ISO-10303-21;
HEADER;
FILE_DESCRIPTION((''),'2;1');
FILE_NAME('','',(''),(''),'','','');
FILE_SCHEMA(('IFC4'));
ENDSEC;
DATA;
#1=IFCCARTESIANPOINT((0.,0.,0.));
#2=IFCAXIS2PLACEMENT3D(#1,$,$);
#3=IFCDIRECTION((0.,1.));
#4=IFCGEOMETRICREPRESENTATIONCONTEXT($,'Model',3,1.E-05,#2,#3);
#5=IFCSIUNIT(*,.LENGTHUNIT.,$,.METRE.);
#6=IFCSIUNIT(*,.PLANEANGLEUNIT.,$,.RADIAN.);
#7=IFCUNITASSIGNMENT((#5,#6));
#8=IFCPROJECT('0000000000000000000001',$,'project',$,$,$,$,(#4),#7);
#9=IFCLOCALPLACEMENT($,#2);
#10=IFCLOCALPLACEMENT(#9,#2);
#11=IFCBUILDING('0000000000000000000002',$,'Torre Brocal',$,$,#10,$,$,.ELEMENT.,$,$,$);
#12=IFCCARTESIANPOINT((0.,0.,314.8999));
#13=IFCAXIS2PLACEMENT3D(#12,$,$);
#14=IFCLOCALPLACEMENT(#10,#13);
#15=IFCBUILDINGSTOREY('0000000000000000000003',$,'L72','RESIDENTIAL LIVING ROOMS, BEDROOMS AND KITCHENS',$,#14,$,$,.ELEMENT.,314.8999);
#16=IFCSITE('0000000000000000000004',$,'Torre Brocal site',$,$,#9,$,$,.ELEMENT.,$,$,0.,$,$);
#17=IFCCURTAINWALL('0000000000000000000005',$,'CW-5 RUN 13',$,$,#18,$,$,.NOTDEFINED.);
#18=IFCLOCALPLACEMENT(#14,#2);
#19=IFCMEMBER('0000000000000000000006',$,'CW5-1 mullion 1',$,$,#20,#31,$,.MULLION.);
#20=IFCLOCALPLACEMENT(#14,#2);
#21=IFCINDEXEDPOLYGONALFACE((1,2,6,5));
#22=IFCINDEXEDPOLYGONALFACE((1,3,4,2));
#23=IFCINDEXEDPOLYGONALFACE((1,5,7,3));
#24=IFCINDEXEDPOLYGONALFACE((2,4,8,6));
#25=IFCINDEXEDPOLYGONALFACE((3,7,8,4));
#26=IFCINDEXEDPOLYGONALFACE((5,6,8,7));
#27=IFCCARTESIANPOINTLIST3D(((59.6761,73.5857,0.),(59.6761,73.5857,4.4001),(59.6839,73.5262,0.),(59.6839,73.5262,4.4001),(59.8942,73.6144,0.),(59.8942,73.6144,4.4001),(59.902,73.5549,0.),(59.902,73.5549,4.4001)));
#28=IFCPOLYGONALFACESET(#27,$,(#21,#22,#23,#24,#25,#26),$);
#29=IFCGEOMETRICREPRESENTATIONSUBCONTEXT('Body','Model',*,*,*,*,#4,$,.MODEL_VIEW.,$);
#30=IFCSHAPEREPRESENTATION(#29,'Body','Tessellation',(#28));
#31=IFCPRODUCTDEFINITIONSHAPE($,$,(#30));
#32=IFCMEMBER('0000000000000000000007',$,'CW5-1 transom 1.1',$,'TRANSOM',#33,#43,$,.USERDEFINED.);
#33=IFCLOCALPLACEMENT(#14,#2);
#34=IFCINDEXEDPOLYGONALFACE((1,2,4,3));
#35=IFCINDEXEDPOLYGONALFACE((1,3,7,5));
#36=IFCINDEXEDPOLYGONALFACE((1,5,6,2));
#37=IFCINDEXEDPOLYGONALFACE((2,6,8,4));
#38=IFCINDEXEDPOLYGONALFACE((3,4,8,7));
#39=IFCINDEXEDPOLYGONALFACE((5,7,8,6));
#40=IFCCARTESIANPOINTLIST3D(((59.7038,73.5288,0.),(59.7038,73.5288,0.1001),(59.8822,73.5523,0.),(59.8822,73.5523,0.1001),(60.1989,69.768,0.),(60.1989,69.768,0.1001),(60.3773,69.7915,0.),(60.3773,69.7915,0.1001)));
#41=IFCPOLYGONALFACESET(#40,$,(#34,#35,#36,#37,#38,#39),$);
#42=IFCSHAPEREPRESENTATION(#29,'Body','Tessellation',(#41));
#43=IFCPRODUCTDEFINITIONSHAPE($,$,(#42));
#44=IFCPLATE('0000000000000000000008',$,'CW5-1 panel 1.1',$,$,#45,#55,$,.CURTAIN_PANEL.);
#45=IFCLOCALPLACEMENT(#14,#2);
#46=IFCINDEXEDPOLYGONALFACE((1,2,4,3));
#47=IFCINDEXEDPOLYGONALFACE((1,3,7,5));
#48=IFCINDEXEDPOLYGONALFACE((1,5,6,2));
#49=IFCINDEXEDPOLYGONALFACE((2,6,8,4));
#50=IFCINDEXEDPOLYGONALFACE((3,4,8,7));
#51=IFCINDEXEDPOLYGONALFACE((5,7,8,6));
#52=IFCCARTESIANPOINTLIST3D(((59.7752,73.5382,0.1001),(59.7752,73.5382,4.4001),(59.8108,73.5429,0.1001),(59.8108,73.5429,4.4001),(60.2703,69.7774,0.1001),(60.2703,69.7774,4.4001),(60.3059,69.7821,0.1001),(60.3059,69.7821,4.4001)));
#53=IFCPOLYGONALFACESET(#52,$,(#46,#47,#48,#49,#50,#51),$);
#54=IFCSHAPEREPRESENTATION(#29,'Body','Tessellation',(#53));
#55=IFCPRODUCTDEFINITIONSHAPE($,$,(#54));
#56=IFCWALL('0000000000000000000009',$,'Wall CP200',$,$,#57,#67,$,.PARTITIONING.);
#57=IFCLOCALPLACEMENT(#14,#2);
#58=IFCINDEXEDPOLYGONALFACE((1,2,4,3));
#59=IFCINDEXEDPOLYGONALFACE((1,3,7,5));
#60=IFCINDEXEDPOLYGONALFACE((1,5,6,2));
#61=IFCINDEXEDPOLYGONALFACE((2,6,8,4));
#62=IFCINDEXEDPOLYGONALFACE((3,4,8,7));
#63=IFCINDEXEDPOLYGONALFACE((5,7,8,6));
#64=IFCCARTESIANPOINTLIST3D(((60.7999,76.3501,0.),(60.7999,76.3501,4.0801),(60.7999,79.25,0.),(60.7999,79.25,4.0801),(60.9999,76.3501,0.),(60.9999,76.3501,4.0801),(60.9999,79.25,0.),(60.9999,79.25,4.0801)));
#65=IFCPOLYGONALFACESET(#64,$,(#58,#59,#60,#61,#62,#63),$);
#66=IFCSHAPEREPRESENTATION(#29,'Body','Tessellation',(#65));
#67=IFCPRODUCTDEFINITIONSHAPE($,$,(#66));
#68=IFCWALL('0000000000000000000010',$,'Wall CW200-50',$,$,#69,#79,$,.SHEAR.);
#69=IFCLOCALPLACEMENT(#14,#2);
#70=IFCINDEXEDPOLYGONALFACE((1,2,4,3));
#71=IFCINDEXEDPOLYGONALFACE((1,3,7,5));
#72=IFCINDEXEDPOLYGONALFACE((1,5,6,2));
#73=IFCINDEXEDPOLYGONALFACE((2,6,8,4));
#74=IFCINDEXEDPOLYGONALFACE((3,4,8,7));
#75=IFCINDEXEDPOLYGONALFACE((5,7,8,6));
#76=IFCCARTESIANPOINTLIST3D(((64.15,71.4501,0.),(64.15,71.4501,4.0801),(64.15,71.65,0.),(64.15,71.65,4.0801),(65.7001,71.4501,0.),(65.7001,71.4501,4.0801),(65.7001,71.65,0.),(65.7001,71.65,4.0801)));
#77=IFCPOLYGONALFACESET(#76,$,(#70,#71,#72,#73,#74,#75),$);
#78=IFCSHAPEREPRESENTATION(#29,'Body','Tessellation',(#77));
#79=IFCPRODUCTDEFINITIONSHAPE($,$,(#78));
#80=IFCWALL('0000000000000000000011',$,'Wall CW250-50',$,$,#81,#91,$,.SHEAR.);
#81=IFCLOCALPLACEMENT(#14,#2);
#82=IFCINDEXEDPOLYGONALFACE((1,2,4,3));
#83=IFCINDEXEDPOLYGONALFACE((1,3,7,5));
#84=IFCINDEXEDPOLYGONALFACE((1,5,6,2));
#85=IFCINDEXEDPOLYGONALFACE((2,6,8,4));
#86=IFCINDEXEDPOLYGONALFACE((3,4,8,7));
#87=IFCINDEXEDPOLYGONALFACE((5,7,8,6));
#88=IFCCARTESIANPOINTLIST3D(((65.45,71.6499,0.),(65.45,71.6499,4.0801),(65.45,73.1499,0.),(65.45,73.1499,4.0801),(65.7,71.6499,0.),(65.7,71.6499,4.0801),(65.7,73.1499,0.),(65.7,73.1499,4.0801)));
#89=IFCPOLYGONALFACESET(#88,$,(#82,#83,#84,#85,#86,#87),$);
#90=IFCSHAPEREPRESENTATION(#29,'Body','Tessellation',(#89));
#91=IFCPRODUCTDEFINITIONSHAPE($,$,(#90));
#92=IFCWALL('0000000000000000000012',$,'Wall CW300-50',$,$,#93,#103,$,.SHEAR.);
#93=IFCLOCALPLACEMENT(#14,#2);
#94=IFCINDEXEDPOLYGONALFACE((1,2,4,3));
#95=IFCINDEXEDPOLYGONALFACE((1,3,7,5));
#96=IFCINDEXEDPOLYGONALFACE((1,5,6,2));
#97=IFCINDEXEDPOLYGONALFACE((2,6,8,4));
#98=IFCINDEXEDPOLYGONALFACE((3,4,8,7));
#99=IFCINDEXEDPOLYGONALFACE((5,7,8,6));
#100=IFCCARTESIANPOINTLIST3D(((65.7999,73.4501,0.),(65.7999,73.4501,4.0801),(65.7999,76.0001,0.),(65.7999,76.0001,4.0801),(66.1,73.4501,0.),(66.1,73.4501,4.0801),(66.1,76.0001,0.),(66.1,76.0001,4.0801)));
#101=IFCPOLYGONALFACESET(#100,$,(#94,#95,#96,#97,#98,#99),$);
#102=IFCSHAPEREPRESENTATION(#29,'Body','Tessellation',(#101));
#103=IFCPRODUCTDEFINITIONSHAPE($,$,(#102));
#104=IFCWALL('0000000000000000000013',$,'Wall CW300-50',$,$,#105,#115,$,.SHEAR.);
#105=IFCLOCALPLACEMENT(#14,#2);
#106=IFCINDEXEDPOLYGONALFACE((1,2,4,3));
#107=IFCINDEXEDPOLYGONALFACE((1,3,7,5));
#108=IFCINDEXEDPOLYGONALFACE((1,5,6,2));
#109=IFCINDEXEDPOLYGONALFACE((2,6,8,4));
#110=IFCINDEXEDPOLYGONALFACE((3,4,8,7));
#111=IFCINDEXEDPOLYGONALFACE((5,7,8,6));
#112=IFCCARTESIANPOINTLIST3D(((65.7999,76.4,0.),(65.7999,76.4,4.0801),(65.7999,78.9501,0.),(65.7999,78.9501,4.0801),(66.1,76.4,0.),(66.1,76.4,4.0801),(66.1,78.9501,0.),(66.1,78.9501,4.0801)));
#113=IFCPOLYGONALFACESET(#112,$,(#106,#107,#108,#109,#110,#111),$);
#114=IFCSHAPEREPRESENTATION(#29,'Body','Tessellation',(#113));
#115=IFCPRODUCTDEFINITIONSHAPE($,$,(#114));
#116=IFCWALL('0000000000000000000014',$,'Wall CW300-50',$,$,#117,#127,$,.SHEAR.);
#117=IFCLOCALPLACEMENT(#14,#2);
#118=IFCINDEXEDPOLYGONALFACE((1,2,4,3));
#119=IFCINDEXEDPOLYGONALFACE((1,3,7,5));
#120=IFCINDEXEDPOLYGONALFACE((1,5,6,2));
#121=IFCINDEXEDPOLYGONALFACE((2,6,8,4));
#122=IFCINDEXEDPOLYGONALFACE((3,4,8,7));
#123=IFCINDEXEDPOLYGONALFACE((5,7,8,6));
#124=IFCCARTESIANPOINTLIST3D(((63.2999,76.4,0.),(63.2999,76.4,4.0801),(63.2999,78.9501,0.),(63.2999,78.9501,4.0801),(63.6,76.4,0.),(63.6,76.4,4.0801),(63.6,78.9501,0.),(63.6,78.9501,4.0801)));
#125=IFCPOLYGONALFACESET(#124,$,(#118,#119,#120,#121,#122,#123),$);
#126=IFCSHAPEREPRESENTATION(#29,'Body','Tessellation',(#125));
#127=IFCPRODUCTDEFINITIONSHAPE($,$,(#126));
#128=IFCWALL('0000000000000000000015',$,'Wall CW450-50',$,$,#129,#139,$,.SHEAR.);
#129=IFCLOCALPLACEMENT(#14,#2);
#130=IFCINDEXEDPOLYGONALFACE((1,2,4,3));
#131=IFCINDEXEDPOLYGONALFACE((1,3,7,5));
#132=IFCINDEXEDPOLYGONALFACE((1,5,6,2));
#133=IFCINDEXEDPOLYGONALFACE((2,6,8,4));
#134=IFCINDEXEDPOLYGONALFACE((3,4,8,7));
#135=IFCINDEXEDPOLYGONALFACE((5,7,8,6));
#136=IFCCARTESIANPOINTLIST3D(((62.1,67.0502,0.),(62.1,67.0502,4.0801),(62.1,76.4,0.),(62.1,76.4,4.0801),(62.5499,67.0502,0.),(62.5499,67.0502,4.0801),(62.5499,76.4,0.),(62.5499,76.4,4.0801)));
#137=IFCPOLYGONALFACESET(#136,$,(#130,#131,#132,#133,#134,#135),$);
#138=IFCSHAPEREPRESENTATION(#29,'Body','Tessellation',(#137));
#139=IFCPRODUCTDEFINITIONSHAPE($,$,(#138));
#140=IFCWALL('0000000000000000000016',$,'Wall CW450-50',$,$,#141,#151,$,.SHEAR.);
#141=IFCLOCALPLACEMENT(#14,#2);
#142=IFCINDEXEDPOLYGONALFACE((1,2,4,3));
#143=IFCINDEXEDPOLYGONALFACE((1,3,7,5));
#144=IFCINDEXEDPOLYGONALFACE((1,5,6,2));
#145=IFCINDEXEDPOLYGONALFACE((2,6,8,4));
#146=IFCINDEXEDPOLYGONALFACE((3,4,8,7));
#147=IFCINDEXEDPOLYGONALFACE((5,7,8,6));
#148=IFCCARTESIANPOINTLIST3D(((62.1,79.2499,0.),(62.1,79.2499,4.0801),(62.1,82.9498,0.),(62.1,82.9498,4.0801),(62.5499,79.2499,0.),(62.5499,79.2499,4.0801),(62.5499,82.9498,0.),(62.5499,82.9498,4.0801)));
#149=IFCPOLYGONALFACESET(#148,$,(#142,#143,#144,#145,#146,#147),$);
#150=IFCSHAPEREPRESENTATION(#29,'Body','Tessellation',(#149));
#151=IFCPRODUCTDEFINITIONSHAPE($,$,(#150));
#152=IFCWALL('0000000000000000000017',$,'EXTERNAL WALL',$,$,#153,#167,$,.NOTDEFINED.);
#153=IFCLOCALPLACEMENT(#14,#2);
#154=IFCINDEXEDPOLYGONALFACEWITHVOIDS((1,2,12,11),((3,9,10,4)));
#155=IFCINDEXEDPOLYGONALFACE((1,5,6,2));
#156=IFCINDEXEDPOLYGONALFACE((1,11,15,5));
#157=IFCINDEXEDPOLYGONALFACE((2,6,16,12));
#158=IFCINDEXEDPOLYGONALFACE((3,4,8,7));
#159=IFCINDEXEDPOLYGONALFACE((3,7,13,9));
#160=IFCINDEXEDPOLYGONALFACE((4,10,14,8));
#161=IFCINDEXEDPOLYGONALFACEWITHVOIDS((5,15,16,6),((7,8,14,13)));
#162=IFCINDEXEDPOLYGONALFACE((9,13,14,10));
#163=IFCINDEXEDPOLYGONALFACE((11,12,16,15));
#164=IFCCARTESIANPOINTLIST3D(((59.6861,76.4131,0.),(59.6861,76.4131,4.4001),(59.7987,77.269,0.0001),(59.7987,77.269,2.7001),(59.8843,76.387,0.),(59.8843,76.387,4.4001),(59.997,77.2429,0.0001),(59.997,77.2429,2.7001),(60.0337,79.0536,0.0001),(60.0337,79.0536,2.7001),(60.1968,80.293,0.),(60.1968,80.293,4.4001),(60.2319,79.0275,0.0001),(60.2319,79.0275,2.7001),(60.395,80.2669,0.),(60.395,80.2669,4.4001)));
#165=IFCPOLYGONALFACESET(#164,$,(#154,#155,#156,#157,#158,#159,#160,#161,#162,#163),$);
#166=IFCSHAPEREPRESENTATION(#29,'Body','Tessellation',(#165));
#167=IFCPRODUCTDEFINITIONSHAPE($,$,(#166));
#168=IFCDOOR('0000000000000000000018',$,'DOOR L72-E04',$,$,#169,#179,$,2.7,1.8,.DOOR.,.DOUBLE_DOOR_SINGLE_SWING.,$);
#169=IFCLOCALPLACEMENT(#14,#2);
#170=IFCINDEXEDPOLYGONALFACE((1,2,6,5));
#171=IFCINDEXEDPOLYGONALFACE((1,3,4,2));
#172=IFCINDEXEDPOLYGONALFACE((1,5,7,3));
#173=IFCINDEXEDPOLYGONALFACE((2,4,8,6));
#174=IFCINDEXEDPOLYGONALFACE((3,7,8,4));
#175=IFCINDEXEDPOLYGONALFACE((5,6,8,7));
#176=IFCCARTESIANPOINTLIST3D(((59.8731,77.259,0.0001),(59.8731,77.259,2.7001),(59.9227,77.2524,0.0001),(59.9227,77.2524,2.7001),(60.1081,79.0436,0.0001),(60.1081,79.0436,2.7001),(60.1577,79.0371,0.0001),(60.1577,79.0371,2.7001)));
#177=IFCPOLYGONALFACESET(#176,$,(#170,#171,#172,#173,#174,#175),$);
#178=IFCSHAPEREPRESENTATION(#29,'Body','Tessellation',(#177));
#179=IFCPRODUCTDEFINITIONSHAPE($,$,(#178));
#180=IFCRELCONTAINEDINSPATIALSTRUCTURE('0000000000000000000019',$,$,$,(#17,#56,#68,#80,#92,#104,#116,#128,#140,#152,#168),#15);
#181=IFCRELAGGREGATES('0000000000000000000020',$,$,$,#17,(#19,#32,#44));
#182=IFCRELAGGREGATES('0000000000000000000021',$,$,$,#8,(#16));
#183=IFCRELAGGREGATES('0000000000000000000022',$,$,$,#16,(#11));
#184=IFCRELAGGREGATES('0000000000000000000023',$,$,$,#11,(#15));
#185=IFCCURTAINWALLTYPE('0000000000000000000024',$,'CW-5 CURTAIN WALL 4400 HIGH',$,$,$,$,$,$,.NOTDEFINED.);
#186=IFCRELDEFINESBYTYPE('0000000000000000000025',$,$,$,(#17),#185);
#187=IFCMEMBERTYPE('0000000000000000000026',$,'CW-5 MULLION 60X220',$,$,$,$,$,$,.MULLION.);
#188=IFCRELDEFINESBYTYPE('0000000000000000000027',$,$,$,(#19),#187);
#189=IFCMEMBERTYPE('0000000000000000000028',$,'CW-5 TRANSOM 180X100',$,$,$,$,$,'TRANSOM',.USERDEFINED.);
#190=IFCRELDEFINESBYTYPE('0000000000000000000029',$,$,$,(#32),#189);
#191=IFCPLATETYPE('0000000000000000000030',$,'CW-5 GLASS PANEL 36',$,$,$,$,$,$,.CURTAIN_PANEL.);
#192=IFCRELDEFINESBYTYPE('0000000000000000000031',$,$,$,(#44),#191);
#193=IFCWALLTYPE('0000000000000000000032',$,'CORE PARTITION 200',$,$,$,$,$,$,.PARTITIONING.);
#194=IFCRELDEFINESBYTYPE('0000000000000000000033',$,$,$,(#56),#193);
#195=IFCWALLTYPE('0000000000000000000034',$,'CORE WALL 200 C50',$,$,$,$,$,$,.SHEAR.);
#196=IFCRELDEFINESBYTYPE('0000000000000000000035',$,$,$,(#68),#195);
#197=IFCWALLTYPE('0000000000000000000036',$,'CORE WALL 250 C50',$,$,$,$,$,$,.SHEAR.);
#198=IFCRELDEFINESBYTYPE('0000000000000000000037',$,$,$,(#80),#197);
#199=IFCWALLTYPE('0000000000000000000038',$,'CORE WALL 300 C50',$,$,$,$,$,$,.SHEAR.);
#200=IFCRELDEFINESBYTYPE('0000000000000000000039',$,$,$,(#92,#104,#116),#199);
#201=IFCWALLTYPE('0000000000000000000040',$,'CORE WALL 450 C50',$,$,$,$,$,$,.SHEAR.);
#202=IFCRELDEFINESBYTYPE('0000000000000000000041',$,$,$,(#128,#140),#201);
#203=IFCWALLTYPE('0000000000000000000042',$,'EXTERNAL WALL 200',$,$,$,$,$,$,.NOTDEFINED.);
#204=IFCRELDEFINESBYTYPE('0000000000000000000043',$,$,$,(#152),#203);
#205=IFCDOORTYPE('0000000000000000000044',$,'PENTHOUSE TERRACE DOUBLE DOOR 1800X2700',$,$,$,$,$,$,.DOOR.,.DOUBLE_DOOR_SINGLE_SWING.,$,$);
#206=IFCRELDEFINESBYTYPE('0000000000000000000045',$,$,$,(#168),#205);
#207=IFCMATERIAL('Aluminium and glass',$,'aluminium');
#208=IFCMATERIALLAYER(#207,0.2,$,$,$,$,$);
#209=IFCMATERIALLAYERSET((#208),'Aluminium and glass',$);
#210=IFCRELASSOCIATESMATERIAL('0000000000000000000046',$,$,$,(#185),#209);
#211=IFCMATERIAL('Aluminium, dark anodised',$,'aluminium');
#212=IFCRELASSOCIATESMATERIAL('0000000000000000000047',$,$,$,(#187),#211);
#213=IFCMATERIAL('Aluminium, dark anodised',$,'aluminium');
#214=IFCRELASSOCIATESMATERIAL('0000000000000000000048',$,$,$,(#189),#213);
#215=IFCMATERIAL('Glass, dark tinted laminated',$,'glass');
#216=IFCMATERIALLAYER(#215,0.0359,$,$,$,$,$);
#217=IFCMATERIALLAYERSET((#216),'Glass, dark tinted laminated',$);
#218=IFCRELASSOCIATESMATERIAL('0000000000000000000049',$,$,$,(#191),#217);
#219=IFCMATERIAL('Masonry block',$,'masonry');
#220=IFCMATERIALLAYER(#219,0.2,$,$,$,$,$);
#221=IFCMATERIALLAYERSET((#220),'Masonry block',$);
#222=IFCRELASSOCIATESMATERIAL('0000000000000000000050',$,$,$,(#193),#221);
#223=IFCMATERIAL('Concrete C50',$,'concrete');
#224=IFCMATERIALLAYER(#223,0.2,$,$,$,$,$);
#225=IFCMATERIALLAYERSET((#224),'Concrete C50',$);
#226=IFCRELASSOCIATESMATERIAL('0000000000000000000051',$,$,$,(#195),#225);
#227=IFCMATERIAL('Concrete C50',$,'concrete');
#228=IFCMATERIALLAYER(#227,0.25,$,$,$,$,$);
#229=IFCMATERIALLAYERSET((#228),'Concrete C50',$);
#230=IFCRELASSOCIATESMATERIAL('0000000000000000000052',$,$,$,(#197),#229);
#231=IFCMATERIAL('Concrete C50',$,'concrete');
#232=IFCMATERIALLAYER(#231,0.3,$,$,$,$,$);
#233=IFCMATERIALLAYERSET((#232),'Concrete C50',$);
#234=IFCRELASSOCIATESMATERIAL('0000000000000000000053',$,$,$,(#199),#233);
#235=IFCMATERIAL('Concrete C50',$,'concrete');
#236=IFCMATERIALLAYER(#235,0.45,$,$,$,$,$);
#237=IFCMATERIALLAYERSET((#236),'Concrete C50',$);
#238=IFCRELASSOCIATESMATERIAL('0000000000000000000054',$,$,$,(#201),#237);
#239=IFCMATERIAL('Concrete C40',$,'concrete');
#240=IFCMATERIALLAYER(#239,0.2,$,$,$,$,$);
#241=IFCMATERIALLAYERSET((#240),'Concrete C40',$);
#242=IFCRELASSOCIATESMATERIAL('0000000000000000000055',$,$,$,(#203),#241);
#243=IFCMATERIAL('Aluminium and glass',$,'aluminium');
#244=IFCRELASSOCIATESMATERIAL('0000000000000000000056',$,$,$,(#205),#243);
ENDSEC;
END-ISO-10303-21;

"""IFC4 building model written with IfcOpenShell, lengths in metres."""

from ifc_helpers import new_model, si_unit, direction, frame, frame_2d, origin, origin_2d, place, context, subcontext, project, spatial, rectangle, extrude, material, layer, layer_set, material_profile, profile_set, type_object, element, fill, aggregate, save


model = new_model("IFC4")

# Units and contexts
model_context = context("Model", 3, precision=1e-05, world=origin(), true_north=direction((0.0, 1.0)))
body_context = subcontext(model_context, "Body", "Model", "MODEL_VIEW")
ifc_project = project(units=[si_unit("LENGTHUNIT", "METRE"), si_unit("PLANEANGLEUNIT", "RADIAN")], contexts=[model_context])

# Site, building, storey
site_placement = place(None, origin())
site = spatial("IfcSite", under=ifc_project, at=site_placement, Name="Torre Brocal site", CompositionType="ELEMENT", RefElevation=0.0)
building_placement = place(site_placement, origin())
building = spatial("IfcBuilding", under=site, at=building_placement, Name="Torre Brocal", CompositionType="ELEMENT")
storey_placement = place(building_placement, frame((0.0, 0.0, 314.8999)))
storey = spatial("IfcBuildingStorey", under=building, at=storey_placement, Name="L72", Description="RESIDENTIAL LIVING ROOMS, BEDROOMS AND KITCHENS", CompositionType="ELEMENT", Elevation=314.8999)

# Curtain wall, members, plate
ifc_material_1 = material(Name="Aluminium and glass", Category="aluminium")
ifc_layer_1 = layer(ifc_material_1, 0.2)
ifc_layer_set_1 = layer_set([ifc_layer_1], Name="Aluminium and glass")
curtain_wall_type = type_object("IfcCurtainWallType", Name="CW-5 CURTAIN WALL 4400 HIGH", PredefinedType="NOTDEFINED", material=ifc_layer_set_1)
curtain_wall_placement = place(storey_placement, origin())
curtain_wall = element("IfcCurtainWall", 1, at=curtain_wall_placement, inside=storey, type_object=curtain_wall_type, Name="CW-5 RUN 13", PredefinedType="NOTDEFINED")
ifc_material_2 = material(Name="Aluminium, dark anodised", Category="aluminium")
ifc_material_profile_1 = material_profile(ifc_material_2, rectangle(XDim=0.22, YDim=0.0601, at=origin_2d()), Name="CW-5 MULLION 60X220")
ifc_profile_set_1 = profile_set([ifc_material_profile_1], Name="Aluminium, dark anodised")
member_type_1 = type_object("IfcMemberType", Name="CW-5 MULLION 60X220", PredefinedType="MULLION", material=ifc_profile_set_1)
member_1_placement = place(storey_placement, frame((59.7891, 73.5703, 0.0), z_axis=(0.0, 0.0, 1.0), x_axis=(0.991445, 0.130526, 0.0)))
member_1 = element("IfcMember", 2, at=member_1_placement, type_object=member_type_1, Name="CW5-1 mullion 1", PredefinedType="MULLION", context=body_context, shape_type="SweptSolid", body=[
    extrude(rectangle(XDim=0.22, YDim=0.0601, at=origin_2d()), origin(), (0.0, 0.0, 1.0), 4.4001),
])
ifc_material_3 = material(Name="Aluminium, dark anodised", Category="aluminium")
ifc_material_profile_2 = material_profile(ifc_material_3, rectangle(XDim=0.1799, YDim=0.1001, at=origin_2d()), Name="CW-5 TRANSOM 180X100")
ifc_profile_set_2 = profile_set([ifc_material_profile_2], Name="Aluminium, dark anodised")
member_type_2 = type_object("IfcMemberType", Name="CW-5 TRANSOM 180X100", ElementType="TRANSOM", PredefinedType="USERDEFINED", material=ifc_profile_set_2)
member_2_placement = place(storey_placement, frame((59.793, 73.5405, 0.05), z_axis=(0.130528, -0.991445, 0.0), x_axis=(0.991445, 0.130528, 0.0)))
member_2 = element("IfcMember", 3, at=member_2_placement, type_object=member_type_2, Name="CW5-1 transom 1.1", ObjectType="TRANSOM", PredefinedType="USERDEFINED", context=body_context, shape_type="SweptSolid", body=[
    extrude(rectangle(XDim=0.1799, YDim=0.1001, at=origin_2d()), origin(), (0.0, 0.0, 1.0), 3.7932),
])
ifc_material_4 = material(Name="Glass, dark tinted laminated", Category="glass")
ifc_layer_2 = layer(ifc_material_4, 0.0359)
ifc_layer_set_2 = layer_set([ifc_layer_2], Name="Glass, dark tinted laminated")
plate_type = type_object("IfcPlateType", Name="CW-5 GLASS PANEL 36", PredefinedType="CURTAIN_PANEL", material=ifc_layer_set_2)
plate_placement = place(storey_placement, frame((60.0405, 71.6602, 0.1001), z_axis=(0.0, 0.0, 1.0), x_axis=(0.130526, -0.991445, 0.0)))
plate = element("IfcPlate", 4, at=plate_placement, type_object=plate_type, Name="CW5-1 panel 1.1", PredefinedType="CURTAIN_PANEL", context=body_context, shape_type="SweptSolid", body=[
    extrude(rectangle(XDim=3.7932, YDim=0.0359, at=origin_2d()), origin(), (0.0, 0.0, 1.0), 4.3),
])
aggregate(curtain_wall, [member_1, member_2, plate])

# Walls
ifc_material_5 = material(Name="Masonry block", Category="masonry")
ifc_layer_3 = layer(ifc_material_5, 0.2)
ifc_layer_set_3 = layer_set([ifc_layer_3], Name="Masonry block")
wall_type_1 = type_object("IfcWallType", Name="CORE PARTITION 200", PredefinedType="PARTITIONING", material=ifc_layer_set_3)
wall_1_placement = place(storey_placement, frame((60.8999, 79.25, 0.0), z_axis=(0.0, 0.0, 1.0), x_axis=(0.0, -1.0, 0.0)))
element("IfcWall", 5, at=wall_1_placement, inside=storey, type_object=wall_type_1, Name="Wall CP200", PredefinedType="PARTITIONING", context=body_context, shape_type="SweptSolid", body=[
    extrude(rectangle(XDim=2.8999, YDim=0.2, at=frame_2d((1.45, 0.0))), origin(), (0.0, 0.0, 1.0), 4.0801),
])
ifc_material_6 = material(Name="Concrete C50", Category="concrete")
ifc_layer_4 = layer(ifc_material_6, 0.2)
ifc_layer_set_4 = layer_set([ifc_layer_4], Name="Concrete C50")
wall_type_2 = type_object("IfcWallType", Name="CORE WALL 200 C50", PredefinedType="SHEAR", material=ifc_layer_set_4)
wall_2_placement = place(storey_placement, frame((65.7, 71.55, 0.0), z_axis=(0.0, 0.0, 1.0), x_axis=(-1.0, 0.0, 0.0)))
element("IfcWall", 6, at=wall_2_placement, inside=storey, type_object=wall_type_2, Name="Wall CW200-50", PredefinedType="SHEAR", context=body_context, shape_type="SweptSolid", body=[
    extrude(rectangle(XDim=1.55, YDim=0.2, at=frame_2d((0.7749, 0.0))), origin(), (0.0, 0.0, 1.0), 4.0801),
])
ifc_material_7 = material(Name="Concrete C50", Category="concrete")
ifc_layer_5 = layer(ifc_material_7, 0.25)
ifc_layer_set_5 = layer_set([ifc_layer_5], Name="Concrete C50")
wall_type_3 = type_object("IfcWallType", Name="CORE WALL 250 C50", PredefinedType="SHEAR", material=ifc_layer_set_5)
wall_3_placement = place(storey_placement, frame((65.575, 73.1499, 0.0), z_axis=(0.0, 0.0, 1.0), x_axis=(0.0, -1.0, 0.0)))
element("IfcWall", 7, at=wall_3_placement, inside=storey, type_object=wall_type_3, Name="Wall CW250-50", PredefinedType="SHEAR", context=body_context, shape_type="SweptSolid", body=[
    extrude(rectangle(XDim=1.5, YDim=0.25, at=frame_2d((0.75, 0.0))), origin(), (0.0, 0.0, 1.0), 4.0801),
])
ifc_material_8 = material(Name="Concrete C50", Category="concrete")
ifc_layer_6 = layer(ifc_material_8, 0.3)
ifc_layer_set_6 = layer_set([ifc_layer_6], Name="Concrete C50")
wall_type_4 = type_object("IfcWallType", Name="CORE WALL 300 C50", PredefinedType="SHEAR", material=ifc_layer_set_6)
for number, where, z_axis, x_axis, name in (
    (8, (65.95, 76.0, 0.0), (0.0, 0.0, 1.0), (0.0, -1.0, 0.0), "Wall CW300-50"),
    (9, (65.95, 78.95, 0.0), (0.0, 0.0, 1.0), (0.0, -1.0, 0.0), "Wall CW300-50"),
    (10, (63.45, 78.95, 0.0), (0.0, 0.0, 1.0), (0.0, -1.0, 0.0), "Wall CW300-50"),
):
    element("IfcWall", number, at=place(storey_placement, frame(where, z_axis=z_axis, x_axis=x_axis)), inside=storey, type_object=wall_type_4, Name=name, PredefinedType="SHEAR", context=body_context, shape_type="SweptSolid", body=[
        extrude(rectangle(XDim=2.55, YDim=0.3, at=frame_2d((1.2749, 0.0))), origin(), (0.0, 0.0, 1.0), 4.0801),
    ])
ifc_material_9 = material(Name="Concrete C50", Category="concrete")
ifc_layer_7 = layer(ifc_material_9, 0.45)
ifc_layer_set_7 = layer_set([ifc_layer_7], Name="Concrete C50")
wall_type_5 = type_object("IfcWallType", Name="CORE WALL 450 C50", PredefinedType="SHEAR", material=ifc_layer_set_7)
wall_4_placement = place(storey_placement, frame((62.325, 76.3999, 0.0), z_axis=(0.0, 0.0, 1.0), x_axis=(0.0, -1.0, 0.0)))
element("IfcWall", 11, at=wall_4_placement, inside=storey, type_object=wall_type_5, Name="Wall CW450-50", PredefinedType="SHEAR", context=body_context, shape_type="SweptSolid", body=[
    extrude(rectangle(XDim=9.3499, YDim=0.45, at=frame_2d((4.6748, 0.0))), origin(), (0.0, 0.0, 1.0), 4.0801),
])
wall_5_placement = place(storey_placement, frame((62.325, 82.95, 0.0), z_axis=(0.0, 0.0, 1.0), x_axis=(0.0, -1.0, 0.0)))
element("IfcWall", 12, at=wall_5_placement, inside=storey, type_object=wall_type_5, Name="Wall CW450-50", PredefinedType="SHEAR", context=body_context, shape_type="SweptSolid", body=[
    extrude(rectangle(XDim=3.7, YDim=0.45, at=frame_2d((1.8501, 0.0))), origin(), (0.0, 0.0, 1.0), 4.0801),
])

# Wall, opening, door
ifc_material_10 = material(Name="Concrete C40", Category="concrete")
ifc_layer_8 = layer(ifc_material_10, 0.2)
ifc_layer_set_8 = layer_set([ifc_layer_8], Name="Concrete C40")
wall_type_6 = type_object("IfcWallType", Name="EXTERNAL WALL 200", PredefinedType="NOTDEFINED", material=ifc_layer_set_8)
wall_6_placement = place(storey_placement, frame((60.2959, 80.2798, 0.0), z_axis=(0.0, 0.0, 1.0), x_axis=(-0.130513, -0.991447, 0.0)))
wall_6 = element("IfcWall", 13, at=wall_6_placement, inside=storey, type_object=wall_type_6, Name="EXTERNAL WALL", PredefinedType="NOTDEFINED", context=body_context, shape_type="SweptSolid", body=[
    extrude(rectangle(XDim=3.9133, YDim=0.2, at=frame_2d((1.9565, 0.0))), origin(), (0.0, 0.0, 1.0), 4.4001),
])
opening_placement = place(wall_6_placement, frame((1.25, 0.0, 0.0)))
opening = element("IfcOpeningElement", 14, at=opening_placement, cuts=wall_6, PredefinedType="OPENING", context=body_context, shape_type="SweptSolid", body=[
    extrude(rectangle(XDim=1.8, YDim=2.7, at=frame_2d((0.8999, 1.3501))), frame((0.0, 0.1099, 0.0), z_axis=(0.0, -1.0, 0.0), x_axis=(1.0, 0.0, 0.0)), (0.0, 0.0, 1.0), 0.22),
])
ifc_material_11 = material(Name="Aluminium and glass", Category="aluminium")
door_type = type_object("IfcDoorType", Name="PENTHOUSE TERRACE DOUBLE DOOR 1800X2700", OperationType="DOUBLE_DOOR_SINGLE_SWING", PredefinedType="DOOR", material=ifc_material_11)
door_placement = place(opening_placement, frame((1.8, 0.0, 0.0), z_axis=(0.0, 0.0, 1.0), x_axis=(-1.0, 0.0, 0.0)))
door = element("IfcDoor", 15, at=door_placement, inside=storey, type_object=door_type, Name="DOOR L72-E04", OperationType="DOUBLE_DOOR_SINGLE_SWING", OverallHeight=2.7, OverallWidth=1.8, PredefinedType="DOOR", context=body_context, shape_type="SweptSolid", body=[
    extrude(rectangle(XDim=1.8, YDim=2.7, at=frame_2d((0.8999, 1.3501))), frame((0.0, 0.0249, 0.0), z_axis=(0.0, -1.0, 0.0), x_axis=(1.0, 0.0, 0.0)), (0.0, 0.0, 1.0), 0.05),
])
fill(opening, door)

save(model, "model.ifc")
